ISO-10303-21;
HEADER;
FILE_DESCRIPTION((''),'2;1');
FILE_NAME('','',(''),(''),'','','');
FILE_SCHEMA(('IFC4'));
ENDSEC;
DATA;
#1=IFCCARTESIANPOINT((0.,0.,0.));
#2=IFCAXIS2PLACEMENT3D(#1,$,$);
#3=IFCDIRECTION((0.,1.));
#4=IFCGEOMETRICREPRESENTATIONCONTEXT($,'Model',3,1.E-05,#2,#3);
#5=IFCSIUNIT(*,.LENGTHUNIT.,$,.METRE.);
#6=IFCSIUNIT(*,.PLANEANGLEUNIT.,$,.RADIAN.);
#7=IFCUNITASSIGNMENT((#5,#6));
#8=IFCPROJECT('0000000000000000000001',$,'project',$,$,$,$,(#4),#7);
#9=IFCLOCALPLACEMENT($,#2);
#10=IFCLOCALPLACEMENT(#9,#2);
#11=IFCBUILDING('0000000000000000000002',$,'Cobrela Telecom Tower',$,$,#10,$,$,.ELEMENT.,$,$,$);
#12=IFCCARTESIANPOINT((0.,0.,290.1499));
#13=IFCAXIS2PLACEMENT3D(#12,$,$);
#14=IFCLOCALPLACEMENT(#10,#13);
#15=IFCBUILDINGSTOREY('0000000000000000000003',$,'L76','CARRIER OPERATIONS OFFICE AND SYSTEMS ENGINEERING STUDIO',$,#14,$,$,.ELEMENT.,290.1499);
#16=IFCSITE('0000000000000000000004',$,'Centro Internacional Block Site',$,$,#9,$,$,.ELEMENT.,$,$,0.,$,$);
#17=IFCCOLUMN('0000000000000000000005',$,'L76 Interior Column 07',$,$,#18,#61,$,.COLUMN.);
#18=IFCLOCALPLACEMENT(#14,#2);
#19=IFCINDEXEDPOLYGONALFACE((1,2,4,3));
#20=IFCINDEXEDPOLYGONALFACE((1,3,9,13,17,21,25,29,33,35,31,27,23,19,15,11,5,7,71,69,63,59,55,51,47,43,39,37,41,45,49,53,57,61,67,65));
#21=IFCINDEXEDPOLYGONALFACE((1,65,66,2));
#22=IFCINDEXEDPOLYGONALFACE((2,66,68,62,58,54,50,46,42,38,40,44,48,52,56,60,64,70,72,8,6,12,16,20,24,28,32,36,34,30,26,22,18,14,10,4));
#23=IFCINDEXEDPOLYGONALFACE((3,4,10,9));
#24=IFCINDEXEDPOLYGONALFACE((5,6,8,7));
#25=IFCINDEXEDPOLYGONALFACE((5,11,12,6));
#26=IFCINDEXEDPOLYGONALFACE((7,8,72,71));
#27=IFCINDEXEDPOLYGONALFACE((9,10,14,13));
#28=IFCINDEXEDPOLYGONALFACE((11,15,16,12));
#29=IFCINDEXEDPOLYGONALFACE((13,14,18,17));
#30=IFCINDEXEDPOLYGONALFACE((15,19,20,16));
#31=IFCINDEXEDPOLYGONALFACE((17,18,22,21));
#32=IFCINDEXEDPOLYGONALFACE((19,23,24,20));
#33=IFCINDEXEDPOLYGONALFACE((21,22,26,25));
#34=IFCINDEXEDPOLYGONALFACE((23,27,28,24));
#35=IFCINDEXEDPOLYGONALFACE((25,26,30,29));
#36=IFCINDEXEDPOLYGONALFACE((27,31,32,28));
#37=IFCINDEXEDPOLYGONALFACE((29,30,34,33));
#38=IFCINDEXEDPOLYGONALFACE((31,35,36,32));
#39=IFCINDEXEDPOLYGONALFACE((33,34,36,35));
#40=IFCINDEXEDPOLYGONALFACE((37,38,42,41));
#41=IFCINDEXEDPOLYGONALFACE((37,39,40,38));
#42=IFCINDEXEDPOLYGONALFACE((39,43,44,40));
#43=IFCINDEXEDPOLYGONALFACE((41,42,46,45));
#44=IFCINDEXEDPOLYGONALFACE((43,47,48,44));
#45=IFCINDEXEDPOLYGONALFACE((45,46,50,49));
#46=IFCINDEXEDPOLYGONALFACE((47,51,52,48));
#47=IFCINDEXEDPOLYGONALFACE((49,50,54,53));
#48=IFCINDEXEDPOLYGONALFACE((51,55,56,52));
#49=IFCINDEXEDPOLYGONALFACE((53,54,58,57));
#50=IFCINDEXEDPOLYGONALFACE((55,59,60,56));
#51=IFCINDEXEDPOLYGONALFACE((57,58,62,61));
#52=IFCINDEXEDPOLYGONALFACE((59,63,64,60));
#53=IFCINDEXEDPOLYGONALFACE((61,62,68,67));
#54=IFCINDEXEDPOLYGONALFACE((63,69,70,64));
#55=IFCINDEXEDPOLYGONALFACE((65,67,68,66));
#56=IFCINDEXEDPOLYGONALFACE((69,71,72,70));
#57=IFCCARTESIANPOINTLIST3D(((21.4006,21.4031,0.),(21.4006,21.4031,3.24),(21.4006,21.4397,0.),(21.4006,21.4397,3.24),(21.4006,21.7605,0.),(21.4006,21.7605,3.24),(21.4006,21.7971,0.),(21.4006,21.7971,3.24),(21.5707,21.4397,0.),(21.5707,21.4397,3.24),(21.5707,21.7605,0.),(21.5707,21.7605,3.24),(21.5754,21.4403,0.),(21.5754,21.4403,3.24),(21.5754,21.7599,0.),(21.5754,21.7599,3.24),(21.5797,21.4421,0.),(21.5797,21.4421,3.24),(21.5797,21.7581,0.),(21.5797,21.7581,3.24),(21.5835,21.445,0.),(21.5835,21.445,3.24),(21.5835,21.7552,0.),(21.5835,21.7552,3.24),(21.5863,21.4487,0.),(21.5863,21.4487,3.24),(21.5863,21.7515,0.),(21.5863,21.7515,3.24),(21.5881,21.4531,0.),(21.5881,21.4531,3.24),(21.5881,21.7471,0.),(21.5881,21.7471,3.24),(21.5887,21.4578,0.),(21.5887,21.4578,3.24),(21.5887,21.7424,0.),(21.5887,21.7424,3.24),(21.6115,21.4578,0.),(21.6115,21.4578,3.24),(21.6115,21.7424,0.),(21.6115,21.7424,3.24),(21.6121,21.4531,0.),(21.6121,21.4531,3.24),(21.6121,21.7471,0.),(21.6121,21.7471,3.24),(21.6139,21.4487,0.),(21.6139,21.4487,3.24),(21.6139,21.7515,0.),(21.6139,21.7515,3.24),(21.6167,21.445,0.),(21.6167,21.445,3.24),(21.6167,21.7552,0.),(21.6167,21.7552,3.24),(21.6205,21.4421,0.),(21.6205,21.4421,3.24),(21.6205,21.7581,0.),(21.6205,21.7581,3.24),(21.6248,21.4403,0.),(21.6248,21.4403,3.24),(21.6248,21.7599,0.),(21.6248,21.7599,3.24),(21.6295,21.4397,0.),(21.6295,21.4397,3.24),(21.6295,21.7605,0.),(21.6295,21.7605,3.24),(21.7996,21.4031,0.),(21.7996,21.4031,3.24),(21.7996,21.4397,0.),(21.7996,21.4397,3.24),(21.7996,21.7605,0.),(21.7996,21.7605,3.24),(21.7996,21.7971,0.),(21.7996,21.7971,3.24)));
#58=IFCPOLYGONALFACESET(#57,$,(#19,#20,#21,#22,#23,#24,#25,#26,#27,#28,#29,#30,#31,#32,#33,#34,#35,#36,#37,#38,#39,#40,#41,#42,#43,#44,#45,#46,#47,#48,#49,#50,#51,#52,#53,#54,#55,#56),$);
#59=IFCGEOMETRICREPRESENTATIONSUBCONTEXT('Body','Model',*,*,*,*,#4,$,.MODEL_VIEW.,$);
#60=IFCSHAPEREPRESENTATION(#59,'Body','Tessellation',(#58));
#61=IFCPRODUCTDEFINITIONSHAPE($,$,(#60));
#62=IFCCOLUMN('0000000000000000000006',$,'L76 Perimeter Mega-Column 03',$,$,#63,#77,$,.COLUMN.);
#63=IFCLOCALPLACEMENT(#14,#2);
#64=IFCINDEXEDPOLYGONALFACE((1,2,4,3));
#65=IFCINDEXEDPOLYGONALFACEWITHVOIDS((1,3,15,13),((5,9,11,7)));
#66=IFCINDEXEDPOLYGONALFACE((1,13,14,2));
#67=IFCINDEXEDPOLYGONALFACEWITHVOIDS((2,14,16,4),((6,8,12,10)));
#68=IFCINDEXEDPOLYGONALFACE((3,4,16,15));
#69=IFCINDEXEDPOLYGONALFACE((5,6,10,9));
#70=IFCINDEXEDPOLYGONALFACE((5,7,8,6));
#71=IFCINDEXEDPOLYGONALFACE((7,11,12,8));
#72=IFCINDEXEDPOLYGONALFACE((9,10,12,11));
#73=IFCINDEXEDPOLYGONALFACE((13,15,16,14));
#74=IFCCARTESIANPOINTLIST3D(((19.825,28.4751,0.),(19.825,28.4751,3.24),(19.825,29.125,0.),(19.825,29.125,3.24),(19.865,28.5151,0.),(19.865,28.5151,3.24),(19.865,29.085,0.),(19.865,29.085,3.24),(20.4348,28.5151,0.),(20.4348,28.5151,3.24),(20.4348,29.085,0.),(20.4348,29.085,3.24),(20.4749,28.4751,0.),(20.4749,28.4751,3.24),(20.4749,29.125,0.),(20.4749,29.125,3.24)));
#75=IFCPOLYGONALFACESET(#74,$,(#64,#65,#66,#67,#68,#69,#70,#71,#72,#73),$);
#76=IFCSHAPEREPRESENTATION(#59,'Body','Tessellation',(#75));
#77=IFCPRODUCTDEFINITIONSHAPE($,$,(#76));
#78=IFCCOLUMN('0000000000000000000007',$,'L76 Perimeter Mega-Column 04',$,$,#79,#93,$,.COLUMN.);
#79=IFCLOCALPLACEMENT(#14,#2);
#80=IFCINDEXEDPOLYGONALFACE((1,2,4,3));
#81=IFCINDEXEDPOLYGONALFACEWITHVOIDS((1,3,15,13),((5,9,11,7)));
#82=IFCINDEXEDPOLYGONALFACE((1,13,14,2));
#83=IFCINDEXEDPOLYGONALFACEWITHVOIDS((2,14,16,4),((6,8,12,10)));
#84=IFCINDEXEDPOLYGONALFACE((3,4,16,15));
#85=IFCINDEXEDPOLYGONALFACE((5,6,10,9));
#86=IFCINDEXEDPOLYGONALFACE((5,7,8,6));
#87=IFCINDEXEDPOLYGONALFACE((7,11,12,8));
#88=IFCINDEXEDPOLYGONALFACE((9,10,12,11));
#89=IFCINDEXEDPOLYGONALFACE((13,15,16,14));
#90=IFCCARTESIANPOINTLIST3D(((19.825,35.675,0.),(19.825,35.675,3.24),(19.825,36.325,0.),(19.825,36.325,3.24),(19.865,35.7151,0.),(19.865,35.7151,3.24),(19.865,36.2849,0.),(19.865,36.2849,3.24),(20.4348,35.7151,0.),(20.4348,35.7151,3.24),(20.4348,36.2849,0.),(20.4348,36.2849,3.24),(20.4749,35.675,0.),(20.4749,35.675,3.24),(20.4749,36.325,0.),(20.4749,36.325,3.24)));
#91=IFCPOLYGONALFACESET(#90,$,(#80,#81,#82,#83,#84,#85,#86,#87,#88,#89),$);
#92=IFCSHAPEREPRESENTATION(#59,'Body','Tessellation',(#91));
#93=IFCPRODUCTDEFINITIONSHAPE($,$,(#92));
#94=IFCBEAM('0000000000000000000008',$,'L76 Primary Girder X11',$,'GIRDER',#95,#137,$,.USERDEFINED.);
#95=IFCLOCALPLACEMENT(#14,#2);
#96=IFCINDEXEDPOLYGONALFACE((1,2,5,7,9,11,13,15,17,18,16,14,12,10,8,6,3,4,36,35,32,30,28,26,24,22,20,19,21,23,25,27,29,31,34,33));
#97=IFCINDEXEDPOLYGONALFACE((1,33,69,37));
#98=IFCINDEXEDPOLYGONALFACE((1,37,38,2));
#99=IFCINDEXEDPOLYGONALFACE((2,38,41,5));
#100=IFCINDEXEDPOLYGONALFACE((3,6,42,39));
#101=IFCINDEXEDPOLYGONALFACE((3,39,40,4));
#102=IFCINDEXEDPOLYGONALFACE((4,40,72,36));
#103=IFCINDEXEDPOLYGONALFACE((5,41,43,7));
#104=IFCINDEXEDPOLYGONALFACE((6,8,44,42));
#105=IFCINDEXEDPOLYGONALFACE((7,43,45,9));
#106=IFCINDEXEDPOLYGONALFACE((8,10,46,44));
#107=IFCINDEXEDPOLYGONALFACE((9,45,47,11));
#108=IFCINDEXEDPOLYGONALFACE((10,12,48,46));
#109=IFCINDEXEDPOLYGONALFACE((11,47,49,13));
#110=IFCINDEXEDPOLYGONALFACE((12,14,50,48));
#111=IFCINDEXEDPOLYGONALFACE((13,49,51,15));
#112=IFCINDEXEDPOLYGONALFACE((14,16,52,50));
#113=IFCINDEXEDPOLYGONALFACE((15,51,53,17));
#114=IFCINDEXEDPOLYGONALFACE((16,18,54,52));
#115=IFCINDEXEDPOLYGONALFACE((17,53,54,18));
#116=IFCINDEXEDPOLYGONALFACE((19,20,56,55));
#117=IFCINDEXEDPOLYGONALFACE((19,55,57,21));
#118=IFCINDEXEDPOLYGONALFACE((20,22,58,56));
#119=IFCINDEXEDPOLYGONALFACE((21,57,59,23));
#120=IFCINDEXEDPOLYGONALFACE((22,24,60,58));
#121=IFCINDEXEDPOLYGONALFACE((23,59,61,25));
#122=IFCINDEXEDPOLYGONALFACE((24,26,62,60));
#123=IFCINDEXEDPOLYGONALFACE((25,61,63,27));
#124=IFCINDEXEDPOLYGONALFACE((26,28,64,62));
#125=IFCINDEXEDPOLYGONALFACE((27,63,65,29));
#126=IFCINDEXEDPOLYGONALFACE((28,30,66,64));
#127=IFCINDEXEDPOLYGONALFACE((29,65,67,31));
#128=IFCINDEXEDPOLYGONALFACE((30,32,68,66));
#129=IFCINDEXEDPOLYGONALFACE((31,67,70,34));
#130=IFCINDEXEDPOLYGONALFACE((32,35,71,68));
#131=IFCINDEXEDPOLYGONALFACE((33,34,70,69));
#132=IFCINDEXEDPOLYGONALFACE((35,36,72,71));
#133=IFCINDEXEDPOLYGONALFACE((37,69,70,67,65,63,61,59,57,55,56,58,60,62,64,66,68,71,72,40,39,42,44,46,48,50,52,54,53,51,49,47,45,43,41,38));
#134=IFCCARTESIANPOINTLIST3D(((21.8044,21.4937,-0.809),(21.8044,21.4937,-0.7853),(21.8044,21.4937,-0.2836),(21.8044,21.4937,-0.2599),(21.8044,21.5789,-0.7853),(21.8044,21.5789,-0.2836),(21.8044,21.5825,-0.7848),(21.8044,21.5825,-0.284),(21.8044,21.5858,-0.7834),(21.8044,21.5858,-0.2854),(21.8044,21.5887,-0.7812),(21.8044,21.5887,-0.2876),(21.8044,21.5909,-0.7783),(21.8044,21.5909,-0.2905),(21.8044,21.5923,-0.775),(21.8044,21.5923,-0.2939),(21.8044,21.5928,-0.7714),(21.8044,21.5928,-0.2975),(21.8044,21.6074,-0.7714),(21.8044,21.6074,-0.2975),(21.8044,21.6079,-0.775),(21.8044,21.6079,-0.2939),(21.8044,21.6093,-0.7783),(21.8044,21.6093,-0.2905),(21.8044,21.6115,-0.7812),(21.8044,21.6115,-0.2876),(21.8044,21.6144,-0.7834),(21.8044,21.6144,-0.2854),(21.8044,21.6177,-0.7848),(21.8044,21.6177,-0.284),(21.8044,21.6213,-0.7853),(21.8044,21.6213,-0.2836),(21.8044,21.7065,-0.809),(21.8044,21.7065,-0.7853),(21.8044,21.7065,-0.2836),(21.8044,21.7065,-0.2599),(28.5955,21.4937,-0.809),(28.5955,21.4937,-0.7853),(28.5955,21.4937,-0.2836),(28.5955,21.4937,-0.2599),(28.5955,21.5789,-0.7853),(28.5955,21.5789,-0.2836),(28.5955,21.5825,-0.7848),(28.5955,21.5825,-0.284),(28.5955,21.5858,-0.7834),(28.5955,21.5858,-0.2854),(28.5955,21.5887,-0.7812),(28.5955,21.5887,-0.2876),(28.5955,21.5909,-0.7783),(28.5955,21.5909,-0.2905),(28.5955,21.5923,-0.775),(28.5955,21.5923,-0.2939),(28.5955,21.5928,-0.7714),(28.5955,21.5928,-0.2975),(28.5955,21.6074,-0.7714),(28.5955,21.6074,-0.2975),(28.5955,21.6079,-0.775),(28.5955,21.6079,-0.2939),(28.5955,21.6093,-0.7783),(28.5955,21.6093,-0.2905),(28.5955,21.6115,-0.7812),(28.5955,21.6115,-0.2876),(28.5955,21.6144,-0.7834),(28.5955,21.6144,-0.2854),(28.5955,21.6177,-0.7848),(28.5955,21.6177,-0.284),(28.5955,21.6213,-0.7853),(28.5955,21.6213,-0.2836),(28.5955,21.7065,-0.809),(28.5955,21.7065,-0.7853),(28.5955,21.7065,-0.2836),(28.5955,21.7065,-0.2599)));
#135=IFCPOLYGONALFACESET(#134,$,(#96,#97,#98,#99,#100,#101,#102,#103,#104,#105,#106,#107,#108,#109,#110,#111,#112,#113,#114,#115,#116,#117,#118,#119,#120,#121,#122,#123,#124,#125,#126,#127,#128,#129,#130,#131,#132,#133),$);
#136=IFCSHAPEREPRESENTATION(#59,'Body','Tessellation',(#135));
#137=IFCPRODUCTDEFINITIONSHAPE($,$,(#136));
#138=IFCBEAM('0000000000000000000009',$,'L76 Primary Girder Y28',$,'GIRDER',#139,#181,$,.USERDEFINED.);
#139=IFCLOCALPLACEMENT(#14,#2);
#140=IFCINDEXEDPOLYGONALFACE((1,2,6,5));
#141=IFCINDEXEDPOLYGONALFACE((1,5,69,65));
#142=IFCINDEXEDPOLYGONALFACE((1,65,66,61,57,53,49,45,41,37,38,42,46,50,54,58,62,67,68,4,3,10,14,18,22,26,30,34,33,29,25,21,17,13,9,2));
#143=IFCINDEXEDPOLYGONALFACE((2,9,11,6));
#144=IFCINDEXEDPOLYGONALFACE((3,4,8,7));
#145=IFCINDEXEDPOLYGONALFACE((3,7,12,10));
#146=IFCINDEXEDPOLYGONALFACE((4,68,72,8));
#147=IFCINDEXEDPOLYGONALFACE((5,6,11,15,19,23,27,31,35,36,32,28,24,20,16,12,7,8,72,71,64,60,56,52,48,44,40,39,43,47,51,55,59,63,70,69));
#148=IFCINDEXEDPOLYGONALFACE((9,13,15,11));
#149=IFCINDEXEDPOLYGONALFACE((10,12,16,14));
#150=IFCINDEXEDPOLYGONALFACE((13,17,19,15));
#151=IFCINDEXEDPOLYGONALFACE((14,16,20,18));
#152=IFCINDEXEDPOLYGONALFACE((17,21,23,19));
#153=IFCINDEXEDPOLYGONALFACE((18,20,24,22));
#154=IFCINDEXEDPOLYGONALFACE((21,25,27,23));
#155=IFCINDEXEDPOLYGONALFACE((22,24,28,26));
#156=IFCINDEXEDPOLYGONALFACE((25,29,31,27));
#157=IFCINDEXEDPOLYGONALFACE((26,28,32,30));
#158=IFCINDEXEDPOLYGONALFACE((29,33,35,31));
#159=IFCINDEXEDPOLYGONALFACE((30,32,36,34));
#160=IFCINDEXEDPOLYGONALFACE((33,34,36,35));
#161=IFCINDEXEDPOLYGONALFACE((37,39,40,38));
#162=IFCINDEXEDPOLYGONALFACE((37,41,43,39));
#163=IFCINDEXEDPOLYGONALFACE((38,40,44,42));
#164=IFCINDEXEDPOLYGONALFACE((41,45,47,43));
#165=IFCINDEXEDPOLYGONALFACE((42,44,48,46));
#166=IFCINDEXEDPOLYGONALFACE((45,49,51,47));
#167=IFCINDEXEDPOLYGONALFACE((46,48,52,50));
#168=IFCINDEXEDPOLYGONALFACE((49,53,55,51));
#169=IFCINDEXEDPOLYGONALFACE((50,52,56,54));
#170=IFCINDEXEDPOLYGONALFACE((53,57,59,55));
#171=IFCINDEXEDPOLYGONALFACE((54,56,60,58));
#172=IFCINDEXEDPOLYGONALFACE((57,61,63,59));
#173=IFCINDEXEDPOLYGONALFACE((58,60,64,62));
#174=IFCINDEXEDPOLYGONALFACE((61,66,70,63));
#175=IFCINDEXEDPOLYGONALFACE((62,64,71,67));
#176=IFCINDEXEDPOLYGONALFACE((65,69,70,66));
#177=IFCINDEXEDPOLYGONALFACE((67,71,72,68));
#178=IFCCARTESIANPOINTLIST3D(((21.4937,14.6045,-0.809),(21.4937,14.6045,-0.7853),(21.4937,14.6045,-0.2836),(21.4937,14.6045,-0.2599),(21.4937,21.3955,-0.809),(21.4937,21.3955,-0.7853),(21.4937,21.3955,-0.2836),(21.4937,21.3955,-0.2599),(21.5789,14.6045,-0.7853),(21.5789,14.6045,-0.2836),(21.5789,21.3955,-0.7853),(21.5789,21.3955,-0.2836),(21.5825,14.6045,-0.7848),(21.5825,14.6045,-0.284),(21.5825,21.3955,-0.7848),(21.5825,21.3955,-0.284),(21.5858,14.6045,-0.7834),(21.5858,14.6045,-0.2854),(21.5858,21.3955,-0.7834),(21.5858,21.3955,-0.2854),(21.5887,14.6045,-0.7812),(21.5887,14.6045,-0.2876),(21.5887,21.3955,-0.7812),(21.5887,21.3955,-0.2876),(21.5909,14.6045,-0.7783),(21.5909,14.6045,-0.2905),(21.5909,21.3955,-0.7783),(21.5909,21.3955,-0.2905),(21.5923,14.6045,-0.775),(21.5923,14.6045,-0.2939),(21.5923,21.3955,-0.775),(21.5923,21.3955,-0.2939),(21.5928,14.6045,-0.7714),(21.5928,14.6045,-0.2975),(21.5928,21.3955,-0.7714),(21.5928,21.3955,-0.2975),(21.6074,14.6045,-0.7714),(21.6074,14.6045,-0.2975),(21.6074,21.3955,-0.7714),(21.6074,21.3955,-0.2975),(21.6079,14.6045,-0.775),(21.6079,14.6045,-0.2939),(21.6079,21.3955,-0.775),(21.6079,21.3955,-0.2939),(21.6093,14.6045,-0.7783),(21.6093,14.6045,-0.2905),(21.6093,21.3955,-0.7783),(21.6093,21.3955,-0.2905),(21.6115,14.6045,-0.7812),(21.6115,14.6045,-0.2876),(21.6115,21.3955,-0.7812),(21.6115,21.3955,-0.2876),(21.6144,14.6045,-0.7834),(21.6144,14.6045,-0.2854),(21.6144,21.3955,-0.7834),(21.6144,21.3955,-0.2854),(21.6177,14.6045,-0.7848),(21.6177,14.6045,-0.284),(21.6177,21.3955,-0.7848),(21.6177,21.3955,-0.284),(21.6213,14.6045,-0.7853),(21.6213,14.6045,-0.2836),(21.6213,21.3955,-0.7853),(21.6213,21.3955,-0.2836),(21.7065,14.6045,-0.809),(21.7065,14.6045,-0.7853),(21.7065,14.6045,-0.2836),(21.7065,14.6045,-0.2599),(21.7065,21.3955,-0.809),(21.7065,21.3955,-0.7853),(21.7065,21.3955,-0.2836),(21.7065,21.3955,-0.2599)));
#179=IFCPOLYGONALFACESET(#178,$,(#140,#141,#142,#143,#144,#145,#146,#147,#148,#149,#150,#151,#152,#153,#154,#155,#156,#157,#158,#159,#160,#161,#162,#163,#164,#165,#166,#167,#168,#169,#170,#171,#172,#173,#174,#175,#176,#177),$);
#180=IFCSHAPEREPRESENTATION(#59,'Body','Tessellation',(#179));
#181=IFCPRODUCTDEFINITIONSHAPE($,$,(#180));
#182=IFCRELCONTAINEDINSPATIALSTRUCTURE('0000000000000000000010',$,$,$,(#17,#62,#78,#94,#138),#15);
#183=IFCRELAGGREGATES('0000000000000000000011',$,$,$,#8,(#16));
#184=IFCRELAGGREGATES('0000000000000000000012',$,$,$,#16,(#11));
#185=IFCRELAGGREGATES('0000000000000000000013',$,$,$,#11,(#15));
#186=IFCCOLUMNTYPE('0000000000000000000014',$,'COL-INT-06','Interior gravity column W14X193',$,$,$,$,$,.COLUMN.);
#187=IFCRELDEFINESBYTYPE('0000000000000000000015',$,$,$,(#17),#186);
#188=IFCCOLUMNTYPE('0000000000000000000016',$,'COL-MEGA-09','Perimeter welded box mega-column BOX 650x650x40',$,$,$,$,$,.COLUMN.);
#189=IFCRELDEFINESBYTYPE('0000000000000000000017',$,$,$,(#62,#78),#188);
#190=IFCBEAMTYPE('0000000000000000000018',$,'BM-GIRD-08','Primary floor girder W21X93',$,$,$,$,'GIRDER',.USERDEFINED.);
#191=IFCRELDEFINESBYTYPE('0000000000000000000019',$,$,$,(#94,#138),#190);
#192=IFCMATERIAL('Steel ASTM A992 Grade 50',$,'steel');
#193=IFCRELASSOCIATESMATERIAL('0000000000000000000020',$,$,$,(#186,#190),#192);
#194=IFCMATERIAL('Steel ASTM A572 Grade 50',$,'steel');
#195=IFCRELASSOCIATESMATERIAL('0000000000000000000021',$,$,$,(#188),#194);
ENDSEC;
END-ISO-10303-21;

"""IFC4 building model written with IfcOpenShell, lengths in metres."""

from ifc_helpers import new_model, si_unit, direction, frame, origin, origin_2d, place, context, subcontext, project, spatial, hollow_rectangle, i_section, extrude, material, material_profile, profile_set, type_object, element, save


model = new_model("IFC4")

# Units and contexts
model_context = context("Model", 3, precision=1e-05, world=origin(), true_north=direction((0.0, 1.0)))
body_context = subcontext(model_context, "Body", "Model", "MODEL_VIEW")
ifc_project = project(units=[si_unit("LENGTHUNIT", "METRE"), si_unit("PLANEANGLEUNIT", "RADIAN")], contexts=[model_context])

# Site, building, storey
site_placement = place(None, origin())
site = spatial("IfcSite", under=ifc_project, at=site_placement, Name="Centro Internacional Block Site", CompositionType="ELEMENT", RefElevation=0.0)
building_placement = place(site_placement, origin())
building = spatial("IfcBuilding", under=site, at=building_placement, Name="Cobrela Telecom Tower", CompositionType="ELEMENT")
storey_placement = place(building_placement, frame((0.0, 0.0, 290.1499)))
storey = spatial("IfcBuildingStorey", under=building, at=storey_placement, Name="L76", Description="CARRIER OPERATIONS OFFICE AND SYSTEMS ENGINEERING STUDIO", CompositionType="ELEMENT", Elevation=290.1499)

# Columns
ifc_material_1 = material(Name="Steel ASTM A992 Grade 50", Category="steel")
ifc_material_profile_1 = material_profile(ifc_material_1, i_section(OverallWidth=0.3989, OverallDepth=0.394, WebThickness=0.0227, FlangeThickness=0.0366, FilletRadius=0.0181, at=origin_2d()), Name="W14X193")
ifc_profile_set_1 = profile_set([ifc_material_profile_1], Name="Steel ASTM A992 Grade 50")
column_type_1 = type_object("IfcColumnType", Name="COL-INT-06", Description="Interior gravity column W14X193", PredefinedType="COLUMN", material=ifc_profile_set_1)
column_placement = place(storey_placement, frame((21.6001, 21.6001, 0.0), z_axis=(0.0, 0.0, 1.0), x_axis=(1.0, 0.0, 0.0)))
element("IfcColumn", 1, at=column_placement, inside=storey, type_object=column_type_1, Name="L76 Interior Column 07", PredefinedType="COLUMN", context=body_context, shape_type="SweptSolid", body=[
    extrude(i_section(OverallWidth=0.3989, OverallDepth=0.394, WebThickness=0.0227, FlangeThickness=0.0366, FilletRadius=0.0181, at=origin_2d()), origin(), (0.0, 0.0, 1.0), 3.24),
])
ifc_material_2 = material(Name="Steel ASTM A572 Grade 50", Category="steel")
ifc_material_profile_2 = material_profile(ifc_material_2, hollow_rectangle(XDim=0.6499, YDim=0.6499, WallThickness=0.04, at=origin_2d()), Name="BOX 650x650x40")
ifc_profile_set_2 = profile_set([ifc_material_profile_2], Name="Steel ASTM A572 Grade 50")
column_type_2 = type_object("IfcColumnType", Name="COL-MEGA-09", Description="Perimeter welded box mega-column BOX 650x650x40", PredefinedType="COLUMN", material=ifc_profile_set_2)
for number, where, z_axis, x_axis, name in (
    (2, (20.1499, 28.8, 0.0), (0.0, 0.0, 1.0), (1.0, 0.0, 0.0), "L76 Perimeter Mega-Column 03"),
    (3, (20.1499, 36.0, 0.0), (0.0, 0.0, 1.0), (1.0, 0.0, 0.0), "L76 Perimeter Mega-Column 04"),
):
    element("IfcColumn", number, at=place(storey_placement, frame(where, z_axis=z_axis, x_axis=x_axis)), inside=storey, type_object=column_type_2, Name=name, PredefinedType="COLUMN", context=body_context, shape_type="SweptSolid", body=[
        extrude(hollow_rectangle(XDim=0.6499, YDim=0.6499, WallThickness=0.04, at=origin_2d()), origin(), (0.0, 0.0, 1.0), 3.24),
    ])

# Beams
ifc_material_profile_3 = material_profile(ifc_material_1, i_section(OverallWidth=0.2129, OverallDepth=0.5491, WebThickness=0.0146, FlangeThickness=0.0237, FilletRadius=0.0139, at=origin_2d()), Name="W21X93")
ifc_profile_set_3 = profile_set([ifc_material_profile_3], Name="Steel ASTM A992 Grade 50")
beam_type_1 = type_object("IfcBeamType", Name="BM-GIRD-08", Description="Primary floor girder W21X93", ElementType="GIRDER", PredefinedType="USERDEFINED", material=ifc_profile_set_3)
for number, where, z_axis, x_axis, name in (
    (4, (21.8044, 21.6001, -0.5344), (1.0, 0.0, 0.0), (0.0, 1.0, 0.0), "L76 Primary Girder X11"),
    (5, (21.6001, 14.6045, -0.5344), (0.0, 1.0, 0.0), (-1.0, 0.0, 0.0), "L76 Primary Girder Y28"),
):
    element("IfcBeam", number, at=place(storey_placement, frame(where, z_axis=z_axis, x_axis=x_axis)), inside=storey, type_object=beam_type_1, Name=name, ObjectType="GIRDER", PredefinedType="USERDEFINED", context=body_context, shape_type="SweptSolid", body=[
        extrude(i_section(OverallWidth=0.2129, OverallDepth=0.5491, WebThickness=0.0146, FlangeThickness=0.0237, FilletRadius=0.0139, at=origin_2d()), origin(), (0.0, 0.0, 1.0), 6.791),
    ])

save(model, "model.ifc")
